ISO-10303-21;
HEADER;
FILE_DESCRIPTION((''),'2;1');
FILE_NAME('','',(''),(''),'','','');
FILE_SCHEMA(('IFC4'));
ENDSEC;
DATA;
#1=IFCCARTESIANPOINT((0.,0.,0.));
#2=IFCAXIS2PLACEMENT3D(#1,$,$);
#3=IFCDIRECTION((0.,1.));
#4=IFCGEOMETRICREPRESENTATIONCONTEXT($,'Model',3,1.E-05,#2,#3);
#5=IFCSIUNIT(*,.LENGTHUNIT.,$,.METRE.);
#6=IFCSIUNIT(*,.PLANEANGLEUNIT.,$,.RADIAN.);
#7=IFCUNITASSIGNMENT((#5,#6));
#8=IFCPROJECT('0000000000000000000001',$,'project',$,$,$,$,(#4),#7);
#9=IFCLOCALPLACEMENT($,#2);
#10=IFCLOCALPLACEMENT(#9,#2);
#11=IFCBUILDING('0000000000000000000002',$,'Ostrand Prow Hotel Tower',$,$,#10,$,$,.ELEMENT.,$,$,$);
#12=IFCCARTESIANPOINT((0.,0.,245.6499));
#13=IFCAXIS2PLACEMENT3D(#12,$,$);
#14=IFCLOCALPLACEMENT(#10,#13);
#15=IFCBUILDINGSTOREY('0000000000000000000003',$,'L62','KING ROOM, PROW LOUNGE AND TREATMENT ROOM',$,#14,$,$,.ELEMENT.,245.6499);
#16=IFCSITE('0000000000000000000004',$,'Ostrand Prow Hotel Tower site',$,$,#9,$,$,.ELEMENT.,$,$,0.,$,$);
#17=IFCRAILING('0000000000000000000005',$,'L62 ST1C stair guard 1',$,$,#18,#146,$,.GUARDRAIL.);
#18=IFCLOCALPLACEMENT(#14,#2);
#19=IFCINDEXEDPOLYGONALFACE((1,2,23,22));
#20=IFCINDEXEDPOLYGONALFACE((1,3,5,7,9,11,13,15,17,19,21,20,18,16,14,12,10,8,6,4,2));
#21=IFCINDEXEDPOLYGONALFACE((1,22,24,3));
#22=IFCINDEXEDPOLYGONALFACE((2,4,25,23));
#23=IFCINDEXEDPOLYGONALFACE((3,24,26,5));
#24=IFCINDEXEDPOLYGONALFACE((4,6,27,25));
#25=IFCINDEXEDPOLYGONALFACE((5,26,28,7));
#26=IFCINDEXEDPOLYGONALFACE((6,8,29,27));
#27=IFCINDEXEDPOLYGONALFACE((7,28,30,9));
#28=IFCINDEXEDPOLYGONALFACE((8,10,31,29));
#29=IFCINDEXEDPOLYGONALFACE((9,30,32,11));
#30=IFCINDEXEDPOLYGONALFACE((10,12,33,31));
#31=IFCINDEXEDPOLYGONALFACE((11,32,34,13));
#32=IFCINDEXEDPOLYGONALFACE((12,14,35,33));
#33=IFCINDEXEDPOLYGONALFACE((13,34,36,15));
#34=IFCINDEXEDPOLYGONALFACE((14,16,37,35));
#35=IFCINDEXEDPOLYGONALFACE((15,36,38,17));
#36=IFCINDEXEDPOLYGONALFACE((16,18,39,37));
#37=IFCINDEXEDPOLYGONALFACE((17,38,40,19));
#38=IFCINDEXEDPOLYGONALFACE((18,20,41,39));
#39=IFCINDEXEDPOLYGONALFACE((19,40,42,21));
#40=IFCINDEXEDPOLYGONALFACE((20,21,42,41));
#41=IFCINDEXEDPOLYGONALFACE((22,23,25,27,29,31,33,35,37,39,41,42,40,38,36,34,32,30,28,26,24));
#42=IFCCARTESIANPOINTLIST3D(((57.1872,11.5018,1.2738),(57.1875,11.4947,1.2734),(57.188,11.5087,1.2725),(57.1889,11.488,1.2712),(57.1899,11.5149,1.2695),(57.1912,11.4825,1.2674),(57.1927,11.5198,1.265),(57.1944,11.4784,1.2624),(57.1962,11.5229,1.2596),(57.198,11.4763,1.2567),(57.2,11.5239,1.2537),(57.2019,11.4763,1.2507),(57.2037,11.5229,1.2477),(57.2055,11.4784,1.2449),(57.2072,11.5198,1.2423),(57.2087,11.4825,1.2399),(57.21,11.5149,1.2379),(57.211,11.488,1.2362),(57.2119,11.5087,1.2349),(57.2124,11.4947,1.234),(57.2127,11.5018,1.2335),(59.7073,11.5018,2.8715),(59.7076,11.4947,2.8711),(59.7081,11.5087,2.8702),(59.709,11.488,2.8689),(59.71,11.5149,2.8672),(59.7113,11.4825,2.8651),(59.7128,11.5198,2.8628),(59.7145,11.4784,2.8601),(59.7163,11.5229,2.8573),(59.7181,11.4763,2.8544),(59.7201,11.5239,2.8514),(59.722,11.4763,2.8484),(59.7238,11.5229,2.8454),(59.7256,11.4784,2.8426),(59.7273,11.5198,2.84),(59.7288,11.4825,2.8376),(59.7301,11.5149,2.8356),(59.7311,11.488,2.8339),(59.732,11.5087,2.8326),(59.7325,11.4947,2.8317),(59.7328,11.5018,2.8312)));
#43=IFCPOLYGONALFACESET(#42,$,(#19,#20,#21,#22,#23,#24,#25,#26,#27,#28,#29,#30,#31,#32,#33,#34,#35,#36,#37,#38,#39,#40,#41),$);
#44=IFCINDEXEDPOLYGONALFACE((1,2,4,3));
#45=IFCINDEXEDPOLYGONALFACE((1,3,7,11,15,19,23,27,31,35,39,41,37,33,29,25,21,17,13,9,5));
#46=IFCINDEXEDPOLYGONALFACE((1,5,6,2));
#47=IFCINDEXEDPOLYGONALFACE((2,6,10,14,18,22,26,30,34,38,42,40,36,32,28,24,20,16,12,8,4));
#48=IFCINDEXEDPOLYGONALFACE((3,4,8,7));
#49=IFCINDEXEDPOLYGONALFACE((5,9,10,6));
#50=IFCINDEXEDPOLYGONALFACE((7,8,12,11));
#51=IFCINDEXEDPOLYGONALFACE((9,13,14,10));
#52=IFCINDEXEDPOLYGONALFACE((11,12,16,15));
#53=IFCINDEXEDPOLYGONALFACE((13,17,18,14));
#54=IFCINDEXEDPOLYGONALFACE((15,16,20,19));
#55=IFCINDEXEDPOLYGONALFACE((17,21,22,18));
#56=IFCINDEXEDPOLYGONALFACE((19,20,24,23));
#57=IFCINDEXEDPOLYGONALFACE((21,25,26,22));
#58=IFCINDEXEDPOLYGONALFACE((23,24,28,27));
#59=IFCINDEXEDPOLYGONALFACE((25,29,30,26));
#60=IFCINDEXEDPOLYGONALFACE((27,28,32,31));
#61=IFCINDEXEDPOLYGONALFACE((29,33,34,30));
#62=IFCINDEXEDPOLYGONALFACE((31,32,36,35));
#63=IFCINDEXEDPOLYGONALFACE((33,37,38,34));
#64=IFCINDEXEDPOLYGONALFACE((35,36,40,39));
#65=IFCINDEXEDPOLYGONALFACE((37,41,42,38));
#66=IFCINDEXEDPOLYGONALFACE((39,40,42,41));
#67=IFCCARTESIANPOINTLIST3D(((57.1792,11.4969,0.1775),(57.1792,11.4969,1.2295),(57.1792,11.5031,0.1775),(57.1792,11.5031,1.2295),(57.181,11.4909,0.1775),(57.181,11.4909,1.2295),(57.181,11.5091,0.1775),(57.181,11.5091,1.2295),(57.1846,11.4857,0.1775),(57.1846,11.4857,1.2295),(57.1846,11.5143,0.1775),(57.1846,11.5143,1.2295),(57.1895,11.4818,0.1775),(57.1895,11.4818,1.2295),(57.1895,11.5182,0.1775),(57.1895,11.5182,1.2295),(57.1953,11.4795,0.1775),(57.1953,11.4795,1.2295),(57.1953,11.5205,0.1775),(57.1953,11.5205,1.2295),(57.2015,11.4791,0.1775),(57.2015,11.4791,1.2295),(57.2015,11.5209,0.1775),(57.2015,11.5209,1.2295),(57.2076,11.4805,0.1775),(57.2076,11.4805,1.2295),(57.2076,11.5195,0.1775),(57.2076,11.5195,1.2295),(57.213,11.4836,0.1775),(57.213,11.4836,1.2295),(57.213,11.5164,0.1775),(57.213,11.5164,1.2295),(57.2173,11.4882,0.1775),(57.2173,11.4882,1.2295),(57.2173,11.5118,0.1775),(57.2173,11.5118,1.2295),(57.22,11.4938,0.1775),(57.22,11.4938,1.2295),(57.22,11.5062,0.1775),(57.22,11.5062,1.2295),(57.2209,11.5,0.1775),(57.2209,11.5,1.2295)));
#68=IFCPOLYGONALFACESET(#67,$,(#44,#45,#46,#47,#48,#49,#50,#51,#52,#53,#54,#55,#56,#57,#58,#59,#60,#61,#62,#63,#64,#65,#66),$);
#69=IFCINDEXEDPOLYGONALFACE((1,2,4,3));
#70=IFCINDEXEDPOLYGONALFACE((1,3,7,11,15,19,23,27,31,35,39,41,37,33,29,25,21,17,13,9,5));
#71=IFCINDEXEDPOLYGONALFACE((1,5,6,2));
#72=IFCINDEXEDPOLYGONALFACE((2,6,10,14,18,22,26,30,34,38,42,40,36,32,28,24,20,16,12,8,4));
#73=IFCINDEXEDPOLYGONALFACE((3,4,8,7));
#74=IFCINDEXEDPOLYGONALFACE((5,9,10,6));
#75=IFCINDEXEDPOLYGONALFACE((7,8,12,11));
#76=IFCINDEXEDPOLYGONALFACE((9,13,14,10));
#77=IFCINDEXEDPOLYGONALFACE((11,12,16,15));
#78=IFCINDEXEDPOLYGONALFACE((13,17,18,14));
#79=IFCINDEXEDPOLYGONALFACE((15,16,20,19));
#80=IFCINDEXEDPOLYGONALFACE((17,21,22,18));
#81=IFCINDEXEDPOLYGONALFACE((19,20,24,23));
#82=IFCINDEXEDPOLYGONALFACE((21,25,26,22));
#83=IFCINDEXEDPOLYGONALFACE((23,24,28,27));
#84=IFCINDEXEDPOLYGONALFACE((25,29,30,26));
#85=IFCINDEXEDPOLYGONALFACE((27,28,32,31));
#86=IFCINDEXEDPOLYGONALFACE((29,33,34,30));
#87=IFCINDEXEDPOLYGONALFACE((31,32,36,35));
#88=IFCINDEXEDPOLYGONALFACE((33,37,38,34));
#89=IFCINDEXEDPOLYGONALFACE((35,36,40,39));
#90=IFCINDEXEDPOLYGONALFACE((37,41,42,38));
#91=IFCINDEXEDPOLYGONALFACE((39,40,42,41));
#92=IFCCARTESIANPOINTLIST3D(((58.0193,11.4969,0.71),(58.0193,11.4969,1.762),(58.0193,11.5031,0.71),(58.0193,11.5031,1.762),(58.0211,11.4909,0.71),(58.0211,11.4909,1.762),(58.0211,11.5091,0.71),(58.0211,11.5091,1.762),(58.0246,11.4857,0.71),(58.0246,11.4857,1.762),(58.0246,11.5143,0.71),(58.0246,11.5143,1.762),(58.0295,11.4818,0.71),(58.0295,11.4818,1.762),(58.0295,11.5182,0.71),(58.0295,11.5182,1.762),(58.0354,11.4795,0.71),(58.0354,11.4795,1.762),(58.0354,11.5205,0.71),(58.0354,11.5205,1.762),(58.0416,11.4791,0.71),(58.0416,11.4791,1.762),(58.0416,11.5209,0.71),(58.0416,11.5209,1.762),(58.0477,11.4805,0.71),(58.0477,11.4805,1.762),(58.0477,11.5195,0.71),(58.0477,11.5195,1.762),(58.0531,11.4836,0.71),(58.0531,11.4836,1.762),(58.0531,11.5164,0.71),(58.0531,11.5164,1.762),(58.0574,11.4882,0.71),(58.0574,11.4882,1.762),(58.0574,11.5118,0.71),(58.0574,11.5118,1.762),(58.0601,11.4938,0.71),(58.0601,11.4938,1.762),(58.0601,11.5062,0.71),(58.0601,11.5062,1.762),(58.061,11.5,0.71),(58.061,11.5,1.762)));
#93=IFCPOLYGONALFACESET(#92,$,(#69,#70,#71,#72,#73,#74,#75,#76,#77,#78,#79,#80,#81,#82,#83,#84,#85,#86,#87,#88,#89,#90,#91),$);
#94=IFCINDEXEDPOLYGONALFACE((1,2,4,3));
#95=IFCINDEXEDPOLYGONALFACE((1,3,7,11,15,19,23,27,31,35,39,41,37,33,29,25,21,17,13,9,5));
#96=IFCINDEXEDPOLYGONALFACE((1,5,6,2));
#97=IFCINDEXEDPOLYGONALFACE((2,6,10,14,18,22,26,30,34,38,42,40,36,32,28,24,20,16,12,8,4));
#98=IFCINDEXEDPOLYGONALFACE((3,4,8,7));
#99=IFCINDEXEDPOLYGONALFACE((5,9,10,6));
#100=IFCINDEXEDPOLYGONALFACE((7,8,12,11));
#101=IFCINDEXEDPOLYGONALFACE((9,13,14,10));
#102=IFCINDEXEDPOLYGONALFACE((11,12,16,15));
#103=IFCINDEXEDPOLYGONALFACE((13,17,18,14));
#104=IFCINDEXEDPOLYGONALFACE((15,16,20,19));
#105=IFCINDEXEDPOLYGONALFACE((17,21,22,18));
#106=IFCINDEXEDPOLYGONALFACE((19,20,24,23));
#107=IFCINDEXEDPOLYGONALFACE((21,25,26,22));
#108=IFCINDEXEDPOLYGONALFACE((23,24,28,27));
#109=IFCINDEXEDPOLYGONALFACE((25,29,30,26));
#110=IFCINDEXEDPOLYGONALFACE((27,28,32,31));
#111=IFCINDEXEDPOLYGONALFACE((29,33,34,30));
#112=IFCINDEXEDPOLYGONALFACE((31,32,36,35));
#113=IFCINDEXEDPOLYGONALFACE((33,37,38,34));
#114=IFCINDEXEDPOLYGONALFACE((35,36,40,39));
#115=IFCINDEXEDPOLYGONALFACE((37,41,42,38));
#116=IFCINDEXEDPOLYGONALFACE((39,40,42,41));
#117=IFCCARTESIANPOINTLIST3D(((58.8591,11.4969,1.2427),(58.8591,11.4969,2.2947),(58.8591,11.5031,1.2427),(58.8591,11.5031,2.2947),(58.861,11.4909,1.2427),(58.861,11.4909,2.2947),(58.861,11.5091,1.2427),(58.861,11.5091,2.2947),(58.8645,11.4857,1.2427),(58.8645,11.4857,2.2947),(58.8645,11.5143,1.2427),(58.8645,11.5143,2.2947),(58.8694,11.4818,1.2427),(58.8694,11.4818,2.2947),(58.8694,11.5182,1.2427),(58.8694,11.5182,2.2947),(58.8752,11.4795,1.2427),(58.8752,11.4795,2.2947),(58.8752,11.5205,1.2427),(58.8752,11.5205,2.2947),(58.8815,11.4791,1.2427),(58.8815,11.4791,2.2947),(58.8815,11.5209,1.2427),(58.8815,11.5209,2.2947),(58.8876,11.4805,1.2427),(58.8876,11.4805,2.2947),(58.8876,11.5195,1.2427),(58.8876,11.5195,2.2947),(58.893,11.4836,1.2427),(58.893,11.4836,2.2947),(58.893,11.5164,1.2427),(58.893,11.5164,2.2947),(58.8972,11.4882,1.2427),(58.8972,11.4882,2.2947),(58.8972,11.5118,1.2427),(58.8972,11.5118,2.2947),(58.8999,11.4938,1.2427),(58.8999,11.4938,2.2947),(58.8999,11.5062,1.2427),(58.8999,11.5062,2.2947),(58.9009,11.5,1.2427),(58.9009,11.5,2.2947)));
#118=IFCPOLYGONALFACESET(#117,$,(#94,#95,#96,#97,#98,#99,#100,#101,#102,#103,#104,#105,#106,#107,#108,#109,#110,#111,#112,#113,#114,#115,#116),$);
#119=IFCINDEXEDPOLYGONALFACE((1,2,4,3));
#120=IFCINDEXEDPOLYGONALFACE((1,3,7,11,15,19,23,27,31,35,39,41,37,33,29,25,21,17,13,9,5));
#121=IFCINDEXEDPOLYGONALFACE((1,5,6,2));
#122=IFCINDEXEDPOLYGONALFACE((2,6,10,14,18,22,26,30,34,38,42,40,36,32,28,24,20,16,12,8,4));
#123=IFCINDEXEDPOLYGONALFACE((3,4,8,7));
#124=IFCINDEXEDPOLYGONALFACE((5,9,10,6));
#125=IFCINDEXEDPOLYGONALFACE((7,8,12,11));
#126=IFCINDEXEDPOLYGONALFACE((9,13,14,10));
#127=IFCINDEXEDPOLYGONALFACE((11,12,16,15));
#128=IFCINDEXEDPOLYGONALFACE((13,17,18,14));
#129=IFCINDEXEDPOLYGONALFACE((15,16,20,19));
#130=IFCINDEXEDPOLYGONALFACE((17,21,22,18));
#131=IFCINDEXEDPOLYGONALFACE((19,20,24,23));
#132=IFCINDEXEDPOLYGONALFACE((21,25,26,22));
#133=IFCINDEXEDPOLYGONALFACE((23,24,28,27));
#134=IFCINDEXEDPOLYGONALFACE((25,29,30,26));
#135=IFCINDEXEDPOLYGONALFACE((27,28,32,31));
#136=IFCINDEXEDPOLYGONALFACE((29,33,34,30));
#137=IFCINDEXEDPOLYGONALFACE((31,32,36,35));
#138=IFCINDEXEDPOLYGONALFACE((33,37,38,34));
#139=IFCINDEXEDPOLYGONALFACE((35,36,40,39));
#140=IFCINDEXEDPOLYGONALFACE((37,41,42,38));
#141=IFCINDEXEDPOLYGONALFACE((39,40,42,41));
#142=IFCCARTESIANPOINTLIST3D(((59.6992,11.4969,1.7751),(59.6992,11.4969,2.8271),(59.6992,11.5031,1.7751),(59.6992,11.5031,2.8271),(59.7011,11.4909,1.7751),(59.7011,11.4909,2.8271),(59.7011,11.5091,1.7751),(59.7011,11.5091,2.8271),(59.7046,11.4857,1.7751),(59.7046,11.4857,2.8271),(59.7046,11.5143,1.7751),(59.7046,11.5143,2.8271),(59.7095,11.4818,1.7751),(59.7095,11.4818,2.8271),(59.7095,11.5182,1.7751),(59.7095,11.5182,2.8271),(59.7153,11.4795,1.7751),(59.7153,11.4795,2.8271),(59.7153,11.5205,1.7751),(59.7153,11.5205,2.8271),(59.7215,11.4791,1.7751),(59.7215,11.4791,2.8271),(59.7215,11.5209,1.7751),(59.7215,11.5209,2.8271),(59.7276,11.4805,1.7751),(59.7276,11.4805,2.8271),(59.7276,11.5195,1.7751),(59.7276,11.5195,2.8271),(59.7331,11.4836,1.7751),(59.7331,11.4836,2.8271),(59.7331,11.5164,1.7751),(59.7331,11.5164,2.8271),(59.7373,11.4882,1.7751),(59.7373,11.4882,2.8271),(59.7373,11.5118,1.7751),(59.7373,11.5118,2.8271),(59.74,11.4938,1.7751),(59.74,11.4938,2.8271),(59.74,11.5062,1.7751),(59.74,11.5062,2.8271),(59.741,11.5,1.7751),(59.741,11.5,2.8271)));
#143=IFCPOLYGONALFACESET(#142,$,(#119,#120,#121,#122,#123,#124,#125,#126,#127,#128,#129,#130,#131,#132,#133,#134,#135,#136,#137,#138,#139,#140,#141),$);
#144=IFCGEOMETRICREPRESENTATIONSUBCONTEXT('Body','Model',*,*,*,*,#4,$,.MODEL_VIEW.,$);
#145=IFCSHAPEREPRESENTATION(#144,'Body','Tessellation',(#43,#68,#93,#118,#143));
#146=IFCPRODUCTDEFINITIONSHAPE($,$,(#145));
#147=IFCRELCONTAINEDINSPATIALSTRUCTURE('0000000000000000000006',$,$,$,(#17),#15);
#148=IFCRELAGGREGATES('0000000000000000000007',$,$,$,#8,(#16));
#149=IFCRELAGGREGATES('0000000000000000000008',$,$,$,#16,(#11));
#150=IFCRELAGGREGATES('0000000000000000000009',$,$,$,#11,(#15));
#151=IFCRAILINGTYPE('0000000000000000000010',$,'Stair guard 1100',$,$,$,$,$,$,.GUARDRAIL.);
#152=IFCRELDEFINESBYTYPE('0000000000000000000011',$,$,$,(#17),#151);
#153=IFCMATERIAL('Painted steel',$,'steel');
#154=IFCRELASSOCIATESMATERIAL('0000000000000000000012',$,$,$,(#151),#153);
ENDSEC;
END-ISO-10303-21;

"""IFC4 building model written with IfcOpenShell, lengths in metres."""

from ifc_helpers import new_model, si_unit, direction, frame, origin, origin_2d, place, context, subcontext, project, spatial, circle, extrude, material, type_object, element, save


model = new_model("IFC4")

# Units and contexts
model_context = context("Model", 3, precision=1e-05, world=origin(), true_north=direction((0.0, 1.0)))
body_context = subcontext(model_context, "Body", "Model", "MODEL_VIEW")
ifc_project = project(units=[si_unit("LENGTHUNIT", "METRE"), si_unit("PLANEANGLEUNIT", "RADIAN")], contexts=[model_context])

# Site, building, storey
site_placement = place(None, origin())
site = spatial("IfcSite", under=ifc_project, at=site_placement, Name="Ostrand Prow Hotel Tower site", CompositionType="ELEMENT", RefElevation=0.0)
building_placement = place(site_placement, origin())
building = spatial("IfcBuilding", under=site, at=building_placement, Name="Ostrand Prow Hotel Tower", CompositionType="ELEMENT")
storey_placement = place(building_placement, frame((0.0, 0.0, 245.6499)))
storey = spatial("IfcBuildingStorey", under=building, at=storey_placement, Name="L62", Description="KING ROOM, PROW LOUNGE AND TREATMENT ROOM", CompositionType="ELEMENT", Elevation=245.6499)

# Railing
ifc_material_1 = material(Name="Painted steel", Category="steel")
railing_type_1 = type_object("IfcRailingType", Name="Stair guard 1100", PredefinedType="GUARDRAIL", material=ifc_material_1)
railing_1_placement = place(storey_placement, frame((57.2, 11.5, 0.1775)))
element("IfcRailing", 1, at=railing_1_placement, inside=storey, type_object=railing_type_1, Name="L62 ST1C stair guard 1", PredefinedType="GUARDRAIL", context=body_context, shape_type="SweptSolid", body=[
    extrude(circle(Radius=0.0239, at=origin_2d()), frame((0.0, 0.0, 1.0762), z_axis=(0.84457, 0.0, 0.535445), x_axis=(0.0, 1.0, 0.0)), (0.0, 0.0, 1.0), 2.9839),
    extrude(circle(Radius=0.021, at=origin_2d()), origin(), (0.0, 0.0, 1.0), 1.052),
    extrude(circle(Radius=0.021, at=origin_2d()), frame((0.8401, 0.0, 0.5325)), (0.0, 0.0, 1.0), 1.052),
    extrude(circle(Radius=0.021, at=origin_2d()), frame((1.6799, 0.0, 1.0652)), (0.0, 0.0, 1.0), 1.052),
    extrude(circle(Radius=0.021, at=origin_2d()), frame((2.52, 0.0, 1.5977)), (0.0, 0.0, 1.0), 1.052),
])

save(model, "model.ifc")
